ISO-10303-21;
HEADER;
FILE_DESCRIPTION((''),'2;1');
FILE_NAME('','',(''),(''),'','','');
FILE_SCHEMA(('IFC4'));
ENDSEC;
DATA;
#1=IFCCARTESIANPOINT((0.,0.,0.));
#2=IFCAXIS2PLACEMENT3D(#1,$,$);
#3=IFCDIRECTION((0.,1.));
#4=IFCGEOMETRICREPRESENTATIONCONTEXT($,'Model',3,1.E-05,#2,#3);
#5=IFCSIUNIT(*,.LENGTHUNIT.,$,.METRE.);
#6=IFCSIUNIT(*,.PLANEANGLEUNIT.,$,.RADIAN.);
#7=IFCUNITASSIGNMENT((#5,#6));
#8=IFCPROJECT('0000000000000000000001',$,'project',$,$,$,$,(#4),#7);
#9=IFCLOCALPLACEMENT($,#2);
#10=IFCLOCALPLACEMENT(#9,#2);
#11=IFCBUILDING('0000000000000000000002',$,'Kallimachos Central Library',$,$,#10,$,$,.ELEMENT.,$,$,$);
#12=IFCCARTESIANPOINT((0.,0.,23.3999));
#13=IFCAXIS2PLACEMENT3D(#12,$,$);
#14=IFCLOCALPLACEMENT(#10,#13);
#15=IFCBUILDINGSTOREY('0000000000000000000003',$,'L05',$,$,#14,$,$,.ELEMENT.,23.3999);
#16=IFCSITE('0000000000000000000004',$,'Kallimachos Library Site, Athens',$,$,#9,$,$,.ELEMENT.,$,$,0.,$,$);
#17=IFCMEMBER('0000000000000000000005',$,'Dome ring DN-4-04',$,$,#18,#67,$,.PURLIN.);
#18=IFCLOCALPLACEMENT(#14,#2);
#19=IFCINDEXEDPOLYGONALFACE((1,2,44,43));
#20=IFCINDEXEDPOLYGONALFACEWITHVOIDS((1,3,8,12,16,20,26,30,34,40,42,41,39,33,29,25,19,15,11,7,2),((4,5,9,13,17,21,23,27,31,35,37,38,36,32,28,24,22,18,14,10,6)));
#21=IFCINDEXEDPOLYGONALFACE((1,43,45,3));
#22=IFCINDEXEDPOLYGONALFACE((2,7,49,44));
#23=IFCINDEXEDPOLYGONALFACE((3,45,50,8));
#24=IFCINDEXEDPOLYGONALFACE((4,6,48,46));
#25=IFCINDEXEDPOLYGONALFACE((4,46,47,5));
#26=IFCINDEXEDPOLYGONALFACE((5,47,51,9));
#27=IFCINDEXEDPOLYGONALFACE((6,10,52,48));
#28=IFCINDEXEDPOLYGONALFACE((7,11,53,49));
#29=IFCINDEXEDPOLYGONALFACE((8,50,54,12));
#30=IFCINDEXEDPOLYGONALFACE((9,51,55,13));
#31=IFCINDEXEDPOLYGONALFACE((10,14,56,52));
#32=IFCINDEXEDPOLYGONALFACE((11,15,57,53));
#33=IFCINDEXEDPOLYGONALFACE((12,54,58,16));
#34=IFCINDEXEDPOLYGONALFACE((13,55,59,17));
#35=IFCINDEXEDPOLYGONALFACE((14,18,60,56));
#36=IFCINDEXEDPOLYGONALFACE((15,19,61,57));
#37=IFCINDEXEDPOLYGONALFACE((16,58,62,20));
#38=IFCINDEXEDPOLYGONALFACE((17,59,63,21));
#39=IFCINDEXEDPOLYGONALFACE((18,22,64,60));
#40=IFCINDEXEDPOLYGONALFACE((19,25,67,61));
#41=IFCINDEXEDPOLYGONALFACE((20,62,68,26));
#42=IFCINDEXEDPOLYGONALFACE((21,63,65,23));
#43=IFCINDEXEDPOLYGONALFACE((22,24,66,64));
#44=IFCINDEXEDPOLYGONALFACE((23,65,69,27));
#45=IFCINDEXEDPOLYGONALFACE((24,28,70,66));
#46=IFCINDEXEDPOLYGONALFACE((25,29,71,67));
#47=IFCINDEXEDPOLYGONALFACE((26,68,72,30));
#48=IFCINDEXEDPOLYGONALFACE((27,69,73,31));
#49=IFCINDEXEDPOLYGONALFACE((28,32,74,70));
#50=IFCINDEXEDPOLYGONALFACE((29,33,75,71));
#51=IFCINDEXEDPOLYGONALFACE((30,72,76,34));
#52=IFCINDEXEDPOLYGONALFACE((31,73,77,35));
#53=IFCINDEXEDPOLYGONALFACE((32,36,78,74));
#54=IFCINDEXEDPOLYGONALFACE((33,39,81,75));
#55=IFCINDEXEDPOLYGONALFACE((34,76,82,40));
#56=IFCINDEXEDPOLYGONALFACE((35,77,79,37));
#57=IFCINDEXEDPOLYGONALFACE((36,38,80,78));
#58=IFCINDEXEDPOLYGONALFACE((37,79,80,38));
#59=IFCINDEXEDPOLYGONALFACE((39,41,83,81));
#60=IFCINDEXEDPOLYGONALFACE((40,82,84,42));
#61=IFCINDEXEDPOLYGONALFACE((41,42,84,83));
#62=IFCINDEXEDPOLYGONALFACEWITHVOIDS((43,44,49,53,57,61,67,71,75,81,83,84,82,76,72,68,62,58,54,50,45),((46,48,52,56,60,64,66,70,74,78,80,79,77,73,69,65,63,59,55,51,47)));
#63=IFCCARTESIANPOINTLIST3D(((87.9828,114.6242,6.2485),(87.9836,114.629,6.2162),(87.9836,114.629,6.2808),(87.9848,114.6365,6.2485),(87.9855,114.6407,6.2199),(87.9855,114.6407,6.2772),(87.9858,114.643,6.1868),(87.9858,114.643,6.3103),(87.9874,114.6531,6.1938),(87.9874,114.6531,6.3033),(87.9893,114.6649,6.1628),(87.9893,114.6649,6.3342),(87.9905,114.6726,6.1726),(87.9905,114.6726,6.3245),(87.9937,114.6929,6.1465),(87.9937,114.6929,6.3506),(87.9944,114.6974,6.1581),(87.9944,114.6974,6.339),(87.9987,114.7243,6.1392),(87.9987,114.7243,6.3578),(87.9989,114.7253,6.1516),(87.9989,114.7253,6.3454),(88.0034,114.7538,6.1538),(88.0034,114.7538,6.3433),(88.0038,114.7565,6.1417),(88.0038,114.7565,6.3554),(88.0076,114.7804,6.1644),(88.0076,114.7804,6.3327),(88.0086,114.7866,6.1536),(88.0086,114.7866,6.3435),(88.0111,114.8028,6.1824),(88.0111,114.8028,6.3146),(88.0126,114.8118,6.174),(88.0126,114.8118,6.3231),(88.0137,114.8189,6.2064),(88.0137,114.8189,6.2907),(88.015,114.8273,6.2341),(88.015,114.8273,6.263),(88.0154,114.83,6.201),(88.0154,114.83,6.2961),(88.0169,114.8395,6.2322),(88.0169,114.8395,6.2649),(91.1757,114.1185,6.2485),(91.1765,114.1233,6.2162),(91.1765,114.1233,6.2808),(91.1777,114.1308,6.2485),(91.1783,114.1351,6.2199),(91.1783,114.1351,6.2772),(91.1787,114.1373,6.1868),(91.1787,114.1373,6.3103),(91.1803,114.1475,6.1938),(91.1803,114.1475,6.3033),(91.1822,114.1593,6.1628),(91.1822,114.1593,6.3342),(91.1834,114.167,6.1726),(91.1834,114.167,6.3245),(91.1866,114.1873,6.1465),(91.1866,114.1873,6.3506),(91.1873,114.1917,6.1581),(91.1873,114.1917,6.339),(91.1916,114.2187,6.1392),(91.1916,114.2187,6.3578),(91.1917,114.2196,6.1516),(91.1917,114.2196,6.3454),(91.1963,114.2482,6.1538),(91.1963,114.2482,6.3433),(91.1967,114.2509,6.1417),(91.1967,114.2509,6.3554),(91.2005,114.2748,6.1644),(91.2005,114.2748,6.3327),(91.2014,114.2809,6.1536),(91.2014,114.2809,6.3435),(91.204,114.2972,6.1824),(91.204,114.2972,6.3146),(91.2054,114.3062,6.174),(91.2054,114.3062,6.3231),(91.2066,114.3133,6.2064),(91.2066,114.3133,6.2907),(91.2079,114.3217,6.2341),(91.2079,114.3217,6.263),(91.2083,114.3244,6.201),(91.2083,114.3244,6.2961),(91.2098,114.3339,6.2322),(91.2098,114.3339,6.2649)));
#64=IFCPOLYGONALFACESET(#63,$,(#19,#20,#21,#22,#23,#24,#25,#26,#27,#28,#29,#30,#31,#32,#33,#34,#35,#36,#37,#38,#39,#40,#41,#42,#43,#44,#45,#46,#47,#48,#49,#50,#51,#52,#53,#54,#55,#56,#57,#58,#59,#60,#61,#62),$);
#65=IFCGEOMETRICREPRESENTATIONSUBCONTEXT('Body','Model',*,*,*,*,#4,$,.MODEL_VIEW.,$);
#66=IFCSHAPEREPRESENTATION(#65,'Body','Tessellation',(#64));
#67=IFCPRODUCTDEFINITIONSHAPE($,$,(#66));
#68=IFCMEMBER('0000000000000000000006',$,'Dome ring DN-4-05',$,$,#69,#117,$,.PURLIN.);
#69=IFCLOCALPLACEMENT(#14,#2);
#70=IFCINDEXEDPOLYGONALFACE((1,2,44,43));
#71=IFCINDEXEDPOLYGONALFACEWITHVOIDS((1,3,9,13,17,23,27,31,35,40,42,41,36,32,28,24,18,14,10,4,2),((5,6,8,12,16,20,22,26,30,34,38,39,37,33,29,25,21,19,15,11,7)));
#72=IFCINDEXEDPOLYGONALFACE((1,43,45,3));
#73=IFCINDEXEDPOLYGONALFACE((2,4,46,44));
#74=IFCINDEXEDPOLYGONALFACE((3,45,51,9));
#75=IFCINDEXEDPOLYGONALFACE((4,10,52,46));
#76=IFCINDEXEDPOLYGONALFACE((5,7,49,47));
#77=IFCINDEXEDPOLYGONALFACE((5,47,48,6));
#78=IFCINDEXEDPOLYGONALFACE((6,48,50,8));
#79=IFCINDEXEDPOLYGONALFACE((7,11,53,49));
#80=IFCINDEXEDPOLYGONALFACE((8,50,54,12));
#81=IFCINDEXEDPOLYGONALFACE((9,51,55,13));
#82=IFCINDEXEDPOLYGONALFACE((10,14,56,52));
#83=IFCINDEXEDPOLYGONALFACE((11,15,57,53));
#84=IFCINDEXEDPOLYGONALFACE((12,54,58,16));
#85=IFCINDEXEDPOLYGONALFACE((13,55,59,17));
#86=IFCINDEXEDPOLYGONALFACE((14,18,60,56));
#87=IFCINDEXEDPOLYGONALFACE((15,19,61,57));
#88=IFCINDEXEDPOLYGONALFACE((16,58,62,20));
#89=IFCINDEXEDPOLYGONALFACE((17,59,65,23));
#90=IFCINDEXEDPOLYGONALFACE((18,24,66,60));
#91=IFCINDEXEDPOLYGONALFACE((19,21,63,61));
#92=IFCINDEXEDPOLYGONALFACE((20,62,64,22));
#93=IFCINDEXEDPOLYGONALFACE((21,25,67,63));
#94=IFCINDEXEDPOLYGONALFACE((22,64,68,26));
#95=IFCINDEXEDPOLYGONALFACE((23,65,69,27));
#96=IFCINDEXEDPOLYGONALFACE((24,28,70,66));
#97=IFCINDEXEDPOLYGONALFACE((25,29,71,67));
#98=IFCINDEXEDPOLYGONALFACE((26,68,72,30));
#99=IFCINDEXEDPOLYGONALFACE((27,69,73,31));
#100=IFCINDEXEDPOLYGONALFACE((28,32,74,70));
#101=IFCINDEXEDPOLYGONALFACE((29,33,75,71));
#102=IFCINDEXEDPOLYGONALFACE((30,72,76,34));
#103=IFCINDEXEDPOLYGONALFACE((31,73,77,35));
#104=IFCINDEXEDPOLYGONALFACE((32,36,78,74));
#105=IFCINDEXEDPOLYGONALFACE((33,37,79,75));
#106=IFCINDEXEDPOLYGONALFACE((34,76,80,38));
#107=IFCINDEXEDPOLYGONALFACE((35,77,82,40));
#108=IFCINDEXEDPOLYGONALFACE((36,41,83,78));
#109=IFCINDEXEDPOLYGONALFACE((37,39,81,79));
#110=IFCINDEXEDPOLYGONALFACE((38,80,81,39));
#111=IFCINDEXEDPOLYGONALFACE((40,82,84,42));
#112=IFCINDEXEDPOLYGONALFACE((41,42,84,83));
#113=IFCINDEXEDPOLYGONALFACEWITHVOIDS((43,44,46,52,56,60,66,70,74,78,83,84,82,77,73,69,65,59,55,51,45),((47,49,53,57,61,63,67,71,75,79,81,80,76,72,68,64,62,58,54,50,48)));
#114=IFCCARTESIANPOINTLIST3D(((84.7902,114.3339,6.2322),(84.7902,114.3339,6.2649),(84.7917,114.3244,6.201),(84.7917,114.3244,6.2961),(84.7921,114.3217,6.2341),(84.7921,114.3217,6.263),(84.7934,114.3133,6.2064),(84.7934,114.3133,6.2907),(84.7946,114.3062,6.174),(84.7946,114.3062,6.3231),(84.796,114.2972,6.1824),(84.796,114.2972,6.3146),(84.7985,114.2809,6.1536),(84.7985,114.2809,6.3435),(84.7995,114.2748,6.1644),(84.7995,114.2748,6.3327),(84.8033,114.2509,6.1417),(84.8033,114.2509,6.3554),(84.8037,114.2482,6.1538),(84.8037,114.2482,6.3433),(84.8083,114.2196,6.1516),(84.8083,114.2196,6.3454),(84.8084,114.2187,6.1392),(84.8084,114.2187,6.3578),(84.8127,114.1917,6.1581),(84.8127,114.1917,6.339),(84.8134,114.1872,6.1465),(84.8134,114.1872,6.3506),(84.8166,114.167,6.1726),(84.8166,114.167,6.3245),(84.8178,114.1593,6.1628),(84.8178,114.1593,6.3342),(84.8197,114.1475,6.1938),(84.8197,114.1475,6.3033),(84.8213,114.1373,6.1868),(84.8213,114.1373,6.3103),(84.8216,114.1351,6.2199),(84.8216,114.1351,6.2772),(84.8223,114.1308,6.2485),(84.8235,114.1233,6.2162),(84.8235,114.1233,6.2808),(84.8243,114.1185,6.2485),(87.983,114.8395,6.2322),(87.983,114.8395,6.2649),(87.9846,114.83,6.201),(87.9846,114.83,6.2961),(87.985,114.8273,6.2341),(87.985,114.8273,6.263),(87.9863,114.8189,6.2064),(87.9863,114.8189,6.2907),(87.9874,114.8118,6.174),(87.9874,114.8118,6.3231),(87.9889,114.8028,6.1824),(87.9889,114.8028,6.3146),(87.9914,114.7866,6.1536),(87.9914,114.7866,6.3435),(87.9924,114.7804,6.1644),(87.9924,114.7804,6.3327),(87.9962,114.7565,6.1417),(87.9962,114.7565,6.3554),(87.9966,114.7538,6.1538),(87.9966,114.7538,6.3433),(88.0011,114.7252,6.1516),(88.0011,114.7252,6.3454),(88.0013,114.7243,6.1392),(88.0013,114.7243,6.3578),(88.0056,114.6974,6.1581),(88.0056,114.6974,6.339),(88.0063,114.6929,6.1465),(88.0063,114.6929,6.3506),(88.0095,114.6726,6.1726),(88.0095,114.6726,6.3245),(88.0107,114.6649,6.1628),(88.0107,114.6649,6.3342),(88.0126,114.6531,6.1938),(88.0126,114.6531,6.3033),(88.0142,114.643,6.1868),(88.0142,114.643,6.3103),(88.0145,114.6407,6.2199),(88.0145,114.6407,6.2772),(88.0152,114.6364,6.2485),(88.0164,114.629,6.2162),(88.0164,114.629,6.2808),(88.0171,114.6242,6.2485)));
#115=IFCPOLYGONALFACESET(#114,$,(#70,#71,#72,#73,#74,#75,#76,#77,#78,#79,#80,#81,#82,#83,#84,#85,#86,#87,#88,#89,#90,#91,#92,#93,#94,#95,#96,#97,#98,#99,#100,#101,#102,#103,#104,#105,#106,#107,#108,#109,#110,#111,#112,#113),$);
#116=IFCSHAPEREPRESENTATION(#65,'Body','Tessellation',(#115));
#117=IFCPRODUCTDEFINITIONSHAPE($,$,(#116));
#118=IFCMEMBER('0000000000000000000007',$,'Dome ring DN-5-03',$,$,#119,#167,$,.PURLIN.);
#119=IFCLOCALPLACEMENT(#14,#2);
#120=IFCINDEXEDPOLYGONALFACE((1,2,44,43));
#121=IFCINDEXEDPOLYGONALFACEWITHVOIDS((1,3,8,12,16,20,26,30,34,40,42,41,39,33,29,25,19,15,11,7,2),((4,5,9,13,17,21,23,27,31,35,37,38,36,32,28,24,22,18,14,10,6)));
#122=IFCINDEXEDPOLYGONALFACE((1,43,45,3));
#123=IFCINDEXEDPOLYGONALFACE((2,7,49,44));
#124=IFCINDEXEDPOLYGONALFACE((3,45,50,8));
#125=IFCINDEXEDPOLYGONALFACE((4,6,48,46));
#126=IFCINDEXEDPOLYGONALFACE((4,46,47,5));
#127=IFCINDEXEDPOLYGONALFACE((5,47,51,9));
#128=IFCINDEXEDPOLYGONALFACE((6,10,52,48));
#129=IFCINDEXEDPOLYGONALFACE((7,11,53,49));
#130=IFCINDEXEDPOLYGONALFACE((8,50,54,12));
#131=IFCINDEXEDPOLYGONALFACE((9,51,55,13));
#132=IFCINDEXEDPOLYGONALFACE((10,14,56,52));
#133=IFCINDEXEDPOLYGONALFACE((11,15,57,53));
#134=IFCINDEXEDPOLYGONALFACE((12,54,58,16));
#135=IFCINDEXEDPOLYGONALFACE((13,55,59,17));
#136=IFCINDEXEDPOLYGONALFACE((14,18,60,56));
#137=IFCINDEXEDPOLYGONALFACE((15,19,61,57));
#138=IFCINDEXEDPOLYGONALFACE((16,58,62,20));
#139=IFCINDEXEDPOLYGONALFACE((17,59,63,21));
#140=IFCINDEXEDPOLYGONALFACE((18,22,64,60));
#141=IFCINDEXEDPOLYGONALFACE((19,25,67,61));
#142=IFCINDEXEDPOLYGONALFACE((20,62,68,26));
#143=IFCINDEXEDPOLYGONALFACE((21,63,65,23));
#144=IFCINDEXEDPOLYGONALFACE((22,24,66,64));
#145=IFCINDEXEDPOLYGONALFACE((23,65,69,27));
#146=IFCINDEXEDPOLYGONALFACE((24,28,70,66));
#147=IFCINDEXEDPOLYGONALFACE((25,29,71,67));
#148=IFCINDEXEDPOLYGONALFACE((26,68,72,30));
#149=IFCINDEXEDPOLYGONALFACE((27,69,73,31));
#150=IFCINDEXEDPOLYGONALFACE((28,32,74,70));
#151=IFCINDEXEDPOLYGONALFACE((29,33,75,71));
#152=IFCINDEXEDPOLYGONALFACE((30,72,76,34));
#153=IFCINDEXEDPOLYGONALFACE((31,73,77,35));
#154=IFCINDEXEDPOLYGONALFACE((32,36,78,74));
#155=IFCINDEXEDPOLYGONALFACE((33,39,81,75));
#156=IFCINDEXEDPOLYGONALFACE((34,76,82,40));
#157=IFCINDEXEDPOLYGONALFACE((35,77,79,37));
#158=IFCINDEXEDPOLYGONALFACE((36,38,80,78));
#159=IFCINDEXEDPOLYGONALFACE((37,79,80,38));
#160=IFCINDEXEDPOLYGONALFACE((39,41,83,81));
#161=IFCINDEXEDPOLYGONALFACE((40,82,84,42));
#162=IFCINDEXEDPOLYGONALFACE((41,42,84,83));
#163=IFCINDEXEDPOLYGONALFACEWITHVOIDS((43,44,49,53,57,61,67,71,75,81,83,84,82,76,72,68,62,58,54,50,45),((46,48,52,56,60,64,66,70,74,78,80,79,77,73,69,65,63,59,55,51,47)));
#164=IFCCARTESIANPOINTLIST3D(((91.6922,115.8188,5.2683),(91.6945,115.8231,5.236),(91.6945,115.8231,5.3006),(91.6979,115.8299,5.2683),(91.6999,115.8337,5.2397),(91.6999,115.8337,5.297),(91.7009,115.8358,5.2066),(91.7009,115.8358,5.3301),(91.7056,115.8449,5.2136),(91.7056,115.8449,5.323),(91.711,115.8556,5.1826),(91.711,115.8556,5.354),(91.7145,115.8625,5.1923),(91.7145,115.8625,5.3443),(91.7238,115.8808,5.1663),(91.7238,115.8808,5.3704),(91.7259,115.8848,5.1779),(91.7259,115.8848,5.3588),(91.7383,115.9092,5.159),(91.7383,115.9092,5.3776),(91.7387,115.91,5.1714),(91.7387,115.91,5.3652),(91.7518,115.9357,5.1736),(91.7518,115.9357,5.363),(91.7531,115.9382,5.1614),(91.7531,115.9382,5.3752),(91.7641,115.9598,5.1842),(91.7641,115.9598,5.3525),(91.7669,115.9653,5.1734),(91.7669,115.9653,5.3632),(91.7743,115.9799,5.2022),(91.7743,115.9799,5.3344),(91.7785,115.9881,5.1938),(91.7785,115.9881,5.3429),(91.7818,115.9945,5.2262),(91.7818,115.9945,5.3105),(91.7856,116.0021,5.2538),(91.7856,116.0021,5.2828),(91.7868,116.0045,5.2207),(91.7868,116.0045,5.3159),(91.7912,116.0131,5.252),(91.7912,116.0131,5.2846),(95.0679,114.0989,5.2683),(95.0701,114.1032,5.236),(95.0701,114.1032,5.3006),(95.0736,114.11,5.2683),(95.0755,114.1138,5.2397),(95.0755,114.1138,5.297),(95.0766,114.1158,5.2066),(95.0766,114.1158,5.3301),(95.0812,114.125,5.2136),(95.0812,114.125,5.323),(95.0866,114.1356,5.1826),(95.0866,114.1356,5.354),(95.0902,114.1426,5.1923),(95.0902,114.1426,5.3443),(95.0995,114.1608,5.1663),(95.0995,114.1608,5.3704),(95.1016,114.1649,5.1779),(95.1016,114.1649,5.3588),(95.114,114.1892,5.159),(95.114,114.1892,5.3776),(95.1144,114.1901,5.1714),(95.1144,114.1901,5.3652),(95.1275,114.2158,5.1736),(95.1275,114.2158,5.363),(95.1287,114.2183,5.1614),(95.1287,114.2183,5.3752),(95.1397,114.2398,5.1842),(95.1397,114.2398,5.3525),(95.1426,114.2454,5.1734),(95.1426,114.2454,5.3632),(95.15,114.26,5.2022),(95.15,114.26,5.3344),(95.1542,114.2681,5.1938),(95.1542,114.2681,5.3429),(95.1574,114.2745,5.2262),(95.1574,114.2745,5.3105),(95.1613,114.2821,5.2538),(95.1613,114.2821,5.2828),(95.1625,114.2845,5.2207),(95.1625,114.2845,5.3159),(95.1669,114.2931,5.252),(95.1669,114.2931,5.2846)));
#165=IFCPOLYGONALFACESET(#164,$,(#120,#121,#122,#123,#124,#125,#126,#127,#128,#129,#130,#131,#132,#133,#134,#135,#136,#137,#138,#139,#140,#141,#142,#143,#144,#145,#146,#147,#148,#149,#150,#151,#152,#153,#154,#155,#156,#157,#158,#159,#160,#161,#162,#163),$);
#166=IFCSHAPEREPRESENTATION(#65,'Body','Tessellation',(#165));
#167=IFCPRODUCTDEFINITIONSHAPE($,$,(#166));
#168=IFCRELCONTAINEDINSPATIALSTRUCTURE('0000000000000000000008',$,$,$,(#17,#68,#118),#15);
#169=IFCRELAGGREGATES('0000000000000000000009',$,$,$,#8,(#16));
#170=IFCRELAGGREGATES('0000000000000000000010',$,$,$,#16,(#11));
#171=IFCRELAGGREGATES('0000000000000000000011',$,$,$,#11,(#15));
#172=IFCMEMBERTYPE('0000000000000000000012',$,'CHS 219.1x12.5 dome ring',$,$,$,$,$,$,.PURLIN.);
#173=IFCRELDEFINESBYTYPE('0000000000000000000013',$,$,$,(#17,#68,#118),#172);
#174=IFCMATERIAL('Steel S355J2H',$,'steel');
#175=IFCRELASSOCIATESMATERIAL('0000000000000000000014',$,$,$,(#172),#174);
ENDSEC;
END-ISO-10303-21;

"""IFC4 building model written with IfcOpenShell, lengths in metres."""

from ifc_helpers import new_model, si_unit, direction, frame, origin, origin_2d, place, context, subcontext, project, spatial, hollow_circle, extrude, material, material_profile, profile_set, type_object, element, save


model = new_model("IFC4")

# Units and contexts
model_context = context("Model", 3, precision=1e-05, world=origin(), true_north=direction((0.0, 1.0)))
body_context = subcontext(model_context, "Body", "Model", "MODEL_VIEW")
ifc_project = project(units=[si_unit("LENGTHUNIT", "METRE"), si_unit("PLANEANGLEUNIT", "RADIAN")], contexts=[model_context])

# Site, building, storey
site_placement = place(None, origin())
site = spatial("IfcSite", under=ifc_project, at=site_placement, Name="Kallimachos Library Site, Athens", CompositionType="ELEMENT", RefElevation=0.0)
building_placement = place(site_placement, origin())
building = spatial("IfcBuilding", under=site, at=building_placement, Name="Kallimachos Central Library", CompositionType="ELEMENT")
storey_placement = place(building_placement, frame((0.0, 0.0, 23.3999)))
storey = spatial("IfcBuildingStorey", under=building, at=storey_placement, Name="L05", CompositionType="ELEMENT", Elevation=23.3999)

# Members
ifc_material_1 = material(Name="Steel S355J2H", Category="steel")
ifc_material_profile_1 = material_profile(ifc_material_1, hollow_circle(Radius=0.1096, WallThickness=0.0125, at=origin_2d()), Name="CHS 219.1x12.5")
ifc_profile_set_1 = profile_set([ifc_material_profile_1], Name="Steel S355J2H")
member_type_1 = type_object("IfcMemberType", Name="CHS 219.1x12.5 dome ring", PredefinedType="PURLIN", material=ifc_profile_set_1)
for number, where, z_axis, x_axis, name in (
    (1, (91.1929, 114.2268, 6.2485), (-0.987692, 0.156409, 0.0), (-0.156409, -0.987692, 0.0), "Dome ring DN-4-04"),
    (2, (88.0, 114.7324, 6.2485), (-0.987692, -0.156409, 0.0), (0.156409, -0.987692, 0.0), "Dome ring DN-4-05"),
):
    element("IfcMember", number, at=place(storey_placement, frame(where, z_axis=z_axis, x_axis=x_axis)), inside=storey, type_object=member_type_1, Name=name, PredefinedType="PURLIN", context=body_context, shape_type="SweptSolid", body=[
        extrude(hollow_circle(Radius=0.1096, WallThickness=0.0125, at=origin_2d()), origin(), (0.0, 0.0, 1.0), 3.2327),
    ])
for number, where, z_axis, x_axis, name in (
    (3, (95.1177, 114.1965, 5.2683), (-0.891012, 0.45398, 0.0), (-0.45398, -0.891012, 0.0), "Dome ring DN-5-03"),
):
    element("IfcMember", number, at=place(storey_placement, frame(where, z_axis=z_axis, x_axis=x_axis)), inside=storey, type_object=member_type_1, Name=name, PredefinedType="PURLIN", context=body_context, shape_type="SweptSolid", body=[
        extrude(hollow_circle(Radius=0.1096, WallThickness=0.0125, at=origin_2d()), origin(), (0.0, 0.0, 1.0), 3.7886),
    ])

save(model, "model.ifc")
